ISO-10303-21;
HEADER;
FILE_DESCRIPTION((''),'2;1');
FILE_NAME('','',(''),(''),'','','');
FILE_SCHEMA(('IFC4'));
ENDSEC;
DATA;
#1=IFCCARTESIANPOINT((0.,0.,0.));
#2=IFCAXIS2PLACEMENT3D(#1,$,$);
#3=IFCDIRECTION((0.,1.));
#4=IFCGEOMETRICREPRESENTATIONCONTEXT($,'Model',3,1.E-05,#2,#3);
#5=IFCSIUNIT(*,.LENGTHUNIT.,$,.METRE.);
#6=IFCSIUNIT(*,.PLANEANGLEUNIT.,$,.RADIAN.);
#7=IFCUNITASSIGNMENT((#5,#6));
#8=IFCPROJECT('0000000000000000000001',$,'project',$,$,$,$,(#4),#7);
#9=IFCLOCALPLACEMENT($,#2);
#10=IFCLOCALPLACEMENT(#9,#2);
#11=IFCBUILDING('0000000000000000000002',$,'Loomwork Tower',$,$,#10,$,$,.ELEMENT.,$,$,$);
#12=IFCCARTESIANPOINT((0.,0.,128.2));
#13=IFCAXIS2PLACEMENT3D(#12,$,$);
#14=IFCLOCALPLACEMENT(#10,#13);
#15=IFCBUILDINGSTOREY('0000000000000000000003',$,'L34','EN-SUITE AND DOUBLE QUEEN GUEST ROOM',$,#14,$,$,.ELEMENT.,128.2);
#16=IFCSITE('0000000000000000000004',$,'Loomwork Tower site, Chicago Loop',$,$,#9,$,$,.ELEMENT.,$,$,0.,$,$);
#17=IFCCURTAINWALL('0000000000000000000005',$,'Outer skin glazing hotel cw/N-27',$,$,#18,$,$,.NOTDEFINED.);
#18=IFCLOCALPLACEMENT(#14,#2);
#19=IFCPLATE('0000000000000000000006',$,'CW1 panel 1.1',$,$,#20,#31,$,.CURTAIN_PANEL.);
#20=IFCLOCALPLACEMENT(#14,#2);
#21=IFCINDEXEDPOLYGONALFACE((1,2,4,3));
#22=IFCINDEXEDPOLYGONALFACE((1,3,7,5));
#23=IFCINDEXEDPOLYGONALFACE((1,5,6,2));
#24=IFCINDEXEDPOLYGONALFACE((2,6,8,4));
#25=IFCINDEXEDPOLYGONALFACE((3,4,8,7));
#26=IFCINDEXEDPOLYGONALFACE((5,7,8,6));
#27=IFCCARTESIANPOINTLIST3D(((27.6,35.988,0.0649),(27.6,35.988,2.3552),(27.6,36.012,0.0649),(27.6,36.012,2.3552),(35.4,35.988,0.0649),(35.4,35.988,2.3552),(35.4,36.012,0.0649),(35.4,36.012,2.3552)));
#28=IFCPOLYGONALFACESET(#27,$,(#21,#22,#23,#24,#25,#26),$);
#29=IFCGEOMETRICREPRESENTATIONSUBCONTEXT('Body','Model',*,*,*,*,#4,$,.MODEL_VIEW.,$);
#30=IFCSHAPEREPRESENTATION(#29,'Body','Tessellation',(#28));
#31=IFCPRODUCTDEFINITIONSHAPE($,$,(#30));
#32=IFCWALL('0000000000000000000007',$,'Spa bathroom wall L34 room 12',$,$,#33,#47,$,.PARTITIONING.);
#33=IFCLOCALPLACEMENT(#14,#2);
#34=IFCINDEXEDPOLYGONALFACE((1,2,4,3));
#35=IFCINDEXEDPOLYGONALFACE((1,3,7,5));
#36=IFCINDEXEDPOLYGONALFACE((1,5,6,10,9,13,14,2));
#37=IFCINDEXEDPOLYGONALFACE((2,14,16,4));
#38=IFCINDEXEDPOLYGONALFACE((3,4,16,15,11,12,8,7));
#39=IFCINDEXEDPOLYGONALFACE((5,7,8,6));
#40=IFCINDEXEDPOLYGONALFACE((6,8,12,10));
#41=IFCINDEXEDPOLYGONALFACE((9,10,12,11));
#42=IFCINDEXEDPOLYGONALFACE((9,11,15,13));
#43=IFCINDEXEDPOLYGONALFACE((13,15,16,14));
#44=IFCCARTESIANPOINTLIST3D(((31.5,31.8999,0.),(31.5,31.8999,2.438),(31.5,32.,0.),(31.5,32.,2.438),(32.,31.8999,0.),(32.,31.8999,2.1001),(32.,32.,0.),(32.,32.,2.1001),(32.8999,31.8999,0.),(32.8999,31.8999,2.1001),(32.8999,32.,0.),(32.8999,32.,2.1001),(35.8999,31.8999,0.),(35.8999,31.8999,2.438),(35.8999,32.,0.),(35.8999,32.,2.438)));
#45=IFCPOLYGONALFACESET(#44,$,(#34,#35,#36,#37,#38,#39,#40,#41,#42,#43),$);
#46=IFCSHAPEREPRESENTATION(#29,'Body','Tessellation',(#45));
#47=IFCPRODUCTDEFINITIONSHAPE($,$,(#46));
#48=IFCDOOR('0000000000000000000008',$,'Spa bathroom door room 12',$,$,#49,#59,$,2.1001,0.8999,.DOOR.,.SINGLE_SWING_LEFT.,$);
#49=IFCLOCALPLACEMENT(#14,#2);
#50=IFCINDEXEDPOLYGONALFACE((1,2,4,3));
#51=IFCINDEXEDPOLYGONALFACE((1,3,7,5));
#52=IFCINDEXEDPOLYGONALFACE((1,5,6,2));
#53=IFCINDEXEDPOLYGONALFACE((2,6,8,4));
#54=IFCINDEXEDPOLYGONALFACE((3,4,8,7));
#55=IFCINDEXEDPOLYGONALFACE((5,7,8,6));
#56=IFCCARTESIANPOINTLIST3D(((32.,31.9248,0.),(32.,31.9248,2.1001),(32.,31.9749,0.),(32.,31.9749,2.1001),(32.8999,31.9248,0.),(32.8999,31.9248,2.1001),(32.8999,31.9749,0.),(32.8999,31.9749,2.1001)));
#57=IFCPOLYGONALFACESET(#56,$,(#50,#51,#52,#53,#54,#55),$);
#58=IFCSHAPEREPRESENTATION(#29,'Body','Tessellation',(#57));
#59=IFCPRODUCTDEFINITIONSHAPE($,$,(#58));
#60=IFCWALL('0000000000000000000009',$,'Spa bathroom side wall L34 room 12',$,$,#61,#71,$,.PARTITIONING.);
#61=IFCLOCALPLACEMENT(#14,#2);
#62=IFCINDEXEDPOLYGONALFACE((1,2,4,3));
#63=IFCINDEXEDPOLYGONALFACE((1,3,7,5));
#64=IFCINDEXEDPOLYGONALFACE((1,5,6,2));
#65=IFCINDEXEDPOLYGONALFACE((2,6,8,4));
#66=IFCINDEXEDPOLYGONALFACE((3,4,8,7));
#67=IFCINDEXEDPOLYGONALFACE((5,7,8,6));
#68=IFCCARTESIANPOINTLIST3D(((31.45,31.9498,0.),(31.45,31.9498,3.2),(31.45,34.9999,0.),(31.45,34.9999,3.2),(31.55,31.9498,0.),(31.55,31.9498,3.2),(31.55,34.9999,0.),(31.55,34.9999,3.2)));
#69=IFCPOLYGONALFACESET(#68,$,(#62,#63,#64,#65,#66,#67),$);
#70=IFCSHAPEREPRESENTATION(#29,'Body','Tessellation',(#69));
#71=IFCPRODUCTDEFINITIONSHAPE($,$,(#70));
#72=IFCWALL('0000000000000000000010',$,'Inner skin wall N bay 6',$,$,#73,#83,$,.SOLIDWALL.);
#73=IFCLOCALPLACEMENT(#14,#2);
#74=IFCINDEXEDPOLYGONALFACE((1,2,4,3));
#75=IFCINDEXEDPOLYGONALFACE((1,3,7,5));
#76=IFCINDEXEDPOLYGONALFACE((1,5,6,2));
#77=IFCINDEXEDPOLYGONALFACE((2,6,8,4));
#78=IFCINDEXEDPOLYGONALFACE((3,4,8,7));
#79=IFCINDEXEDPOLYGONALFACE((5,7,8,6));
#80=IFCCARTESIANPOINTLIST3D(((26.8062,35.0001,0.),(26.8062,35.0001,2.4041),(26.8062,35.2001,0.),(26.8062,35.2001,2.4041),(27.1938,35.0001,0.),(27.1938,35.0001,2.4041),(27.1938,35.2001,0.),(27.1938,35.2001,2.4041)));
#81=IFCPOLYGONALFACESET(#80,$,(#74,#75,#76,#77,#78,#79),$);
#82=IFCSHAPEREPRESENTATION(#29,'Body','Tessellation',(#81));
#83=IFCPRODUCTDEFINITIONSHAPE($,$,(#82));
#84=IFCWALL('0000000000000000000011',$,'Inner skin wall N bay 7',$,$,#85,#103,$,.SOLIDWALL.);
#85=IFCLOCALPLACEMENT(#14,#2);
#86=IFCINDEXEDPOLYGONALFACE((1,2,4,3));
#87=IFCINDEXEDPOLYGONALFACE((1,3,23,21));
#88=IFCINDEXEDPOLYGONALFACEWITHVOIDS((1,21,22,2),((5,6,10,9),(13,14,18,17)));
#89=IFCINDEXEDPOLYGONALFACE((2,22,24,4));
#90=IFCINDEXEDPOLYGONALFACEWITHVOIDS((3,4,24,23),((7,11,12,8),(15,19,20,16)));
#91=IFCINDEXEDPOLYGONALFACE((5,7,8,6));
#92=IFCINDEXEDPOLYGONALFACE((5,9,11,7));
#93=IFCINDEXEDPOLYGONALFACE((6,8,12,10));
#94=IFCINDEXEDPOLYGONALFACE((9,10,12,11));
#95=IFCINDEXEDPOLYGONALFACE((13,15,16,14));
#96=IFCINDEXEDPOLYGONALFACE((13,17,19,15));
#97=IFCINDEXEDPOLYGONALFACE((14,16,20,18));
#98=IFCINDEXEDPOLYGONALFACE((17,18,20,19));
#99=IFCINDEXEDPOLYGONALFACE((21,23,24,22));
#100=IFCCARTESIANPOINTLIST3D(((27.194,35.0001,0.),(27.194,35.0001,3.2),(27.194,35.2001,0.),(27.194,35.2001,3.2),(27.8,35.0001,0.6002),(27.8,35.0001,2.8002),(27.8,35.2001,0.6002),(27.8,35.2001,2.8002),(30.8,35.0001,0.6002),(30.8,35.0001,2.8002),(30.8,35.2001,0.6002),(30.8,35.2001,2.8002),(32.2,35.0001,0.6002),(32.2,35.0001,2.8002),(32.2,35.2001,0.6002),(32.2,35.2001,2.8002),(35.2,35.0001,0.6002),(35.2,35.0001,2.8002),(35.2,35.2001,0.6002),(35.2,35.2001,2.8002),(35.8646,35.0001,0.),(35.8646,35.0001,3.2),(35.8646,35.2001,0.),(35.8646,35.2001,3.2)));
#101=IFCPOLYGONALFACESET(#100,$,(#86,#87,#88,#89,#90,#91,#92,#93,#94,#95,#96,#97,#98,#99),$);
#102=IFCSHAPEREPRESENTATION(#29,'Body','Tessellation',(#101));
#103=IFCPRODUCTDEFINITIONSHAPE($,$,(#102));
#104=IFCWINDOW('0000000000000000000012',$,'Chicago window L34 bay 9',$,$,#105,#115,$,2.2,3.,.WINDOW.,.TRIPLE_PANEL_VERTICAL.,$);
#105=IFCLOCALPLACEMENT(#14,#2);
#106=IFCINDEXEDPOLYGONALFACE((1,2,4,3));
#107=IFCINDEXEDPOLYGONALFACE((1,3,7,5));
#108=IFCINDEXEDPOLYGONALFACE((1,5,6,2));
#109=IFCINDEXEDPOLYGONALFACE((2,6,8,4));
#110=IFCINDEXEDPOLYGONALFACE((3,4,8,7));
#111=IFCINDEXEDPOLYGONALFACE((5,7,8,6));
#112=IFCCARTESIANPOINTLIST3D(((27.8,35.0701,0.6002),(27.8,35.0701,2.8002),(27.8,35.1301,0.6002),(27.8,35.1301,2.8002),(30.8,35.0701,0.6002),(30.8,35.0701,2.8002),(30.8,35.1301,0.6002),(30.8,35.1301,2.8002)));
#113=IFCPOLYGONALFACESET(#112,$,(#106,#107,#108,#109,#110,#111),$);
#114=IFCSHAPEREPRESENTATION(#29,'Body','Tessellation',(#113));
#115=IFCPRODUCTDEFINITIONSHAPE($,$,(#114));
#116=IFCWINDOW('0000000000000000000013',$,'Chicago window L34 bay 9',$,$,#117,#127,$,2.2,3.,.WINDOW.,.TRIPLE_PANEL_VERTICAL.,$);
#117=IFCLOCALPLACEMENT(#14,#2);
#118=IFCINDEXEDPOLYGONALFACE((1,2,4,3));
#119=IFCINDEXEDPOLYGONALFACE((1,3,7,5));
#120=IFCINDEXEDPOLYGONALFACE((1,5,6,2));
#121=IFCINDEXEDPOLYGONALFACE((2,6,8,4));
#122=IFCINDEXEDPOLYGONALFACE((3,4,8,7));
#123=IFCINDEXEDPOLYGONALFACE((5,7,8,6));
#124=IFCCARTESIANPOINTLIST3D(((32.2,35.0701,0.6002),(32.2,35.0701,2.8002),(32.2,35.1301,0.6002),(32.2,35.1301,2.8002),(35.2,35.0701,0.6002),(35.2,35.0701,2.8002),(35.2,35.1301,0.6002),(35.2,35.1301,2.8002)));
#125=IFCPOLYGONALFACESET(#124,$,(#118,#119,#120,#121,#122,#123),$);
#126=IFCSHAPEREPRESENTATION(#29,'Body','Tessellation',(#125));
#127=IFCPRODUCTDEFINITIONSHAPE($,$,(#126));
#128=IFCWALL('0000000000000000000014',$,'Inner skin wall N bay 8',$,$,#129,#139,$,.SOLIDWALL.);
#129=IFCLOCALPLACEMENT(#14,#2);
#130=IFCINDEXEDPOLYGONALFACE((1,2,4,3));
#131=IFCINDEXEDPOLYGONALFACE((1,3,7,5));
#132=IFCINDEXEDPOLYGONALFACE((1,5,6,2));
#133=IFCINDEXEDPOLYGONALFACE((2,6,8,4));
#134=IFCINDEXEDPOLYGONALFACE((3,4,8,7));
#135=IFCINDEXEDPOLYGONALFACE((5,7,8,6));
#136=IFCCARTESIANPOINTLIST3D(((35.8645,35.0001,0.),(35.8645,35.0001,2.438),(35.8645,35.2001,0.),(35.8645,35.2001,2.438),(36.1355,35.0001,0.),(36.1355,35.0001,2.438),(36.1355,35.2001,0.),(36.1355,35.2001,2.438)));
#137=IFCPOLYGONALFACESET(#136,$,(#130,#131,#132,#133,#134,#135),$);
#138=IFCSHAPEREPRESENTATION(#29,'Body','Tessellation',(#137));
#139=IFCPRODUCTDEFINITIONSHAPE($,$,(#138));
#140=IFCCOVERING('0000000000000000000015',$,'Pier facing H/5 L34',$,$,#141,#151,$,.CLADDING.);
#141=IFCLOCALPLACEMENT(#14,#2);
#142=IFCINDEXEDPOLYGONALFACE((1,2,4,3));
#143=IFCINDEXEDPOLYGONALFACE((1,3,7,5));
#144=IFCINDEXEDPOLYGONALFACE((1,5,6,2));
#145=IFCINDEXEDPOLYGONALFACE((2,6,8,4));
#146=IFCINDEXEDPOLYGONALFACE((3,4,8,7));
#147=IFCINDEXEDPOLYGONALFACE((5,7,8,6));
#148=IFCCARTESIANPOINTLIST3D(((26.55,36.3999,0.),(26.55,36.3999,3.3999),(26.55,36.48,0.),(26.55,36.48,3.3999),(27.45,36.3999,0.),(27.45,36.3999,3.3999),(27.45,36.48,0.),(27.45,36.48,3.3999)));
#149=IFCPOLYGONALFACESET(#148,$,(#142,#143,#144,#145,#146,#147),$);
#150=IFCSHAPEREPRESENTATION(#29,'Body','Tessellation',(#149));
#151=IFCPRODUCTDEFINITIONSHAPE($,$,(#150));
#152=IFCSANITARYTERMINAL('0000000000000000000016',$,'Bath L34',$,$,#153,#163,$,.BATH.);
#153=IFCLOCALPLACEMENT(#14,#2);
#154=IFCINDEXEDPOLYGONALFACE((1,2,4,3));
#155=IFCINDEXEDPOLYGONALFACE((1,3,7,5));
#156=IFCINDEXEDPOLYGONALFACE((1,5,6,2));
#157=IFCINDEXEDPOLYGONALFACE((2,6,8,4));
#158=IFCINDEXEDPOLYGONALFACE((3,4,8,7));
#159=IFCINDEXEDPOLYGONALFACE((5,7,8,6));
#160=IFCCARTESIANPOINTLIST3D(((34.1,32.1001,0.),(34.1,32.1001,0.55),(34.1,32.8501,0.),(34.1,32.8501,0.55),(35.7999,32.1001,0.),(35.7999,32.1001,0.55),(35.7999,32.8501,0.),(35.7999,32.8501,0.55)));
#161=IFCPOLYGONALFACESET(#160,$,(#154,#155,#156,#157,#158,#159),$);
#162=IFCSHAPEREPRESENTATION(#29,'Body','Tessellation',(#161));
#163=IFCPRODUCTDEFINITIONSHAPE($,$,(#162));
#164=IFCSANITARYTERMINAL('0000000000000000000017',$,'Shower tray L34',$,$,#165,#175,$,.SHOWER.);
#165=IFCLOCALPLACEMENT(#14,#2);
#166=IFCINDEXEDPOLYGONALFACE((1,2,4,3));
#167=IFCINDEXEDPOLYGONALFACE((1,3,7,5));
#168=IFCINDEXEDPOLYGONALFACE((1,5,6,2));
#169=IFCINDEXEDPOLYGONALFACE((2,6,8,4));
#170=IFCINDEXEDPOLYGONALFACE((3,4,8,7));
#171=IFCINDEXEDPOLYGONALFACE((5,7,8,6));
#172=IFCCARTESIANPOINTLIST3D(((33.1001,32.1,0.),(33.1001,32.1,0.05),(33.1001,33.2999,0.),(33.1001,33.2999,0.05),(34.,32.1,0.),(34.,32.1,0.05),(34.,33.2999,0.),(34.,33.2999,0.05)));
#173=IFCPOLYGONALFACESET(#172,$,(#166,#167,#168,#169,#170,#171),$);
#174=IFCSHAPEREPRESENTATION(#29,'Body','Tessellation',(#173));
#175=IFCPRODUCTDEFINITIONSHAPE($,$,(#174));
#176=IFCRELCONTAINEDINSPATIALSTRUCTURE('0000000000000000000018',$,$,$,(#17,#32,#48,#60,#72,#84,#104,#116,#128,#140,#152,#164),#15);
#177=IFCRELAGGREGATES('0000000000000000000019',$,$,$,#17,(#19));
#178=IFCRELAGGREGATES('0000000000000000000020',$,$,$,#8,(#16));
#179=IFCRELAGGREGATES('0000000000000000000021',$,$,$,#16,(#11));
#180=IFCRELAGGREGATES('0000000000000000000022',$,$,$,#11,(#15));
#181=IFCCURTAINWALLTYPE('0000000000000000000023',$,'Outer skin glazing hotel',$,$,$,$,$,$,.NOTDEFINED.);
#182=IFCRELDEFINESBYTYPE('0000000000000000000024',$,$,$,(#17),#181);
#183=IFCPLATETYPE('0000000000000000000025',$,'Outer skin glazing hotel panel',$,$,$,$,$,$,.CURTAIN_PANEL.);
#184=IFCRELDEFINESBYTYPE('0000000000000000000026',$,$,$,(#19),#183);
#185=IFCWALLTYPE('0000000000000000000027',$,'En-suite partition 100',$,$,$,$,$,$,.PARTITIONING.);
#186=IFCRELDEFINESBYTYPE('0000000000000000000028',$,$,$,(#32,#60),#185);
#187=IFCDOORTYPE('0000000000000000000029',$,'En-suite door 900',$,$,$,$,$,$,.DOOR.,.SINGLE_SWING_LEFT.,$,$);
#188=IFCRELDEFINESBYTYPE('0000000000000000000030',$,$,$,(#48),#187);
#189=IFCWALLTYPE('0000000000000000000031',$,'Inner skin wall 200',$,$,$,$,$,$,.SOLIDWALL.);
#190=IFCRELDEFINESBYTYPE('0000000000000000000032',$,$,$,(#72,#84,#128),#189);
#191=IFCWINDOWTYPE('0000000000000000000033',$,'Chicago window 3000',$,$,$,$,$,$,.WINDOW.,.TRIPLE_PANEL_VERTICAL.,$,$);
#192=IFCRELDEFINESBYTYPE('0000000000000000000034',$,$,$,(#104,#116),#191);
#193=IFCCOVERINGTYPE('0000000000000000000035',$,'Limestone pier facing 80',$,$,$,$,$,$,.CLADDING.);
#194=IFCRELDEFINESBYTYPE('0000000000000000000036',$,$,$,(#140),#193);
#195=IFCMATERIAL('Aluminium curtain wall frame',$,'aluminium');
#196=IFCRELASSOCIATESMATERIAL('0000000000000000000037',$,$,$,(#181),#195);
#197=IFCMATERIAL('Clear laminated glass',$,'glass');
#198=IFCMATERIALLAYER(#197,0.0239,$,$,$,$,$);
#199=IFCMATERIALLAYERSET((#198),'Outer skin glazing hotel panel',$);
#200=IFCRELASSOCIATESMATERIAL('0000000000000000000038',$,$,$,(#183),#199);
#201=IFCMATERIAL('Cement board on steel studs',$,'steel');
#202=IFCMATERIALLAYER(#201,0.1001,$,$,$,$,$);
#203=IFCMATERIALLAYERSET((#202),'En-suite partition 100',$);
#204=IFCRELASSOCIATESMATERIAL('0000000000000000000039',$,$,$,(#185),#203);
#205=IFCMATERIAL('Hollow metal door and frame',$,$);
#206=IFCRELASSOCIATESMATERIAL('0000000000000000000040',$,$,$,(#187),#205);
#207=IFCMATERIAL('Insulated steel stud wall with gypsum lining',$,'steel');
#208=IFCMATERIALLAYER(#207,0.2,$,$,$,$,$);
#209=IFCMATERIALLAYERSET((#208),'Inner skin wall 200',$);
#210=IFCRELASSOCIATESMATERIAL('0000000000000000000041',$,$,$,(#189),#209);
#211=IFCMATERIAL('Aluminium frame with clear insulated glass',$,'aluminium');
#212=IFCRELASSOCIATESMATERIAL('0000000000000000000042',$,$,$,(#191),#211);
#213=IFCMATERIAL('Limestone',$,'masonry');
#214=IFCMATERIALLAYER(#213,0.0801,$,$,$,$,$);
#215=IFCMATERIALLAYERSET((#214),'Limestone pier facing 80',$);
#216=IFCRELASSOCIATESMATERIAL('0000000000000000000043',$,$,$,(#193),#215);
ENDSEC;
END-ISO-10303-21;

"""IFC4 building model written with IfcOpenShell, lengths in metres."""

from ifc_helpers import new_model, si_unit, direction, frame, frame_2d, origin, origin_2d, place, context, subcontext, project, spatial, rectangle, extrude, material, layer, layer_set, type_object, element, fill, aggregate, save


model = new_model("IFC4")

# Units and contexts
model_context = context("Model", 3, precision=1e-05, world=origin(), true_north=direction((0.0, 1.0)))
body_context = subcontext(model_context, "Body", "Model", "MODEL_VIEW")
ifc_project = project(units=[si_unit("LENGTHUNIT", "METRE"), si_unit("PLANEANGLEUNIT", "RADIAN")], contexts=[model_context])

# Site, building, storey
site_placement = place(None, origin())
site = spatial("IfcSite", under=ifc_project, at=site_placement, Name="Loomwork Tower site, Chicago Loop", CompositionType="ELEMENT", RefElevation=0.0)
building_placement = place(site_placement, origin())
building = spatial("IfcBuilding", under=site, at=building_placement, Name="Loomwork Tower", CompositionType="ELEMENT")
storey_placement = place(building_placement, frame((0.0, 0.0, 128.2)))
storey = spatial("IfcBuildingStorey", under=building, at=storey_placement, Name="L34", Description="EN-SUITE AND DOUBLE QUEEN GUEST ROOM", CompositionType="ELEMENT", Elevation=128.2)

# Curtain wall
ifc_material_1 = material(Name="Aluminium curtain wall frame", Category="aluminium")
curtain_wall_type = type_object("IfcCurtainWallType", Name="Outer skin glazing hotel", PredefinedType="NOTDEFINED", material=ifc_material_1)
curtain_wall_1_placement = place(storey_placement, origin())
curtain_wall_1 = element("IfcCurtainWall", 1, at=curtain_wall_1_placement, inside=storey, type_object=curtain_wall_type, Name="Outer skin glazing hotel cw/N-27", PredefinedType="NOTDEFINED")

# Plate
ifc_material_2 = material(Name="Clear laminated glass", Category="glass")
ifc_layer_1 = layer(ifc_material_2, 0.0239)
ifc_layer_set_1 = layer_set([ifc_layer_1], Name="Outer skin glazing hotel panel")
plate_type = type_object("IfcPlateType", Name="Outer skin glazing hotel panel", PredefinedType="CURTAIN_PANEL", material=ifc_layer_set_1)
plate_1_placement = place(storey_placement, frame((31.5, 36.0, 0.0649), z_axis=(0.0, 0.0, 1.0), x_axis=(-1.0, 0.0, 0.0)))
plate_1 = element("IfcPlate", 2, at=plate_1_placement, type_object=plate_type, Name="CW1 panel 1.1", PredefinedType="CURTAIN_PANEL", context=body_context, shape_type="SweptSolid", body=[
    extrude(rectangle(XDim=7.8, YDim=0.0239, at=origin_2d()), origin(), (0.0, 0.0, 1.0), 2.2903),
])
aggregate(curtain_wall_1, [plate_1])

# Wall, opening, door
ifc_material_3 = material(Name="Cement board on steel studs", Category="steel")
ifc_layer_2 = layer(ifc_material_3, 0.1001)
ifc_layer_set_2 = layer_set([ifc_layer_2], Name="En-suite partition 100")
wall_type_1 = type_object("IfcWallType", Name="En-suite partition 100", PredefinedType="PARTITIONING", material=ifc_layer_set_2)
wall_1_placement = place(storey_placement, frame((31.5, 31.95, 0.0), z_axis=(0.0, 0.0, 1.0), x_axis=(1.0, 0.0, 0.0)))
wall_1 = element("IfcWall", 3, at=wall_1_placement, inside=storey, type_object=wall_type_1, Name="Spa bathroom wall L34 room 12", PredefinedType="PARTITIONING", context=body_context, shape_type="SweptSolid", body=[
    extrude(rectangle(XDim=4.3999, YDim=0.1001, at=frame_2d((2.2, 0.0))), origin(), (0.0, 0.0, 1.0), 2.438),
])
opening_1_placement = place(wall_1_placement, frame((0.5, 0.0, 0.0)))
opening_1 = element("IfcOpeningElement", 4, at=opening_1_placement, cuts=wall_1, PredefinedType="OPENING", context=body_context, shape_type="SweptSolid", body=[
    extrude(rectangle(XDim=0.8999, YDim=2.1001, at=frame_2d((0.45, 1.05))), frame((0.0, 0.0601, 0.0), z_axis=(0.0, -1.0, 0.0), x_axis=(1.0, 0.0, 0.0)), (0.0, 0.0, 1.0), 0.1201),
])
ifc_material_4 = material(Name="Hollow metal door and frame")
door_type = type_object("IfcDoorType", Name="En-suite door 900", OperationType="SINGLE_SWING_LEFT", PredefinedType="DOOR", material=ifc_material_4)
door_placement = place(opening_1_placement, origin())
door = element("IfcDoor", 5, at=door_placement, inside=storey, type_object=door_type, Name="Spa bathroom door room 12", OperationType="SINGLE_SWING_LEFT", OverallHeight=2.1001, OverallWidth=0.8999, PredefinedType="DOOR", context=body_context, shape_type="SweptSolid", body=[
    extrude(rectangle(XDim=0.8999, YDim=2.1001, at=frame_2d((0.45, 1.05))), frame((0.0, 0.0249, 0.0), z_axis=(0.0, -1.0, 0.0), x_axis=(1.0, 0.0, 0.0)), (0.0, 0.0, 1.0), 0.05),
])
fill(opening_1, door)

# Walls
wall_2_placement = place(storey_placement, frame((31.5, 31.95, 0.0), z_axis=(0.0, 0.0, 1.0), x_axis=(0.0, 1.0, 0.0)))
element("IfcWall", 6, at=wall_2_placement, inside=storey, type_object=wall_type_1, Name="Spa bathroom side wall L34 room 12", PredefinedType="PARTITIONING", context=body_context, shape_type="SweptSolid", body=[
    extrude(rectangle(XDim=3.05, YDim=0.1001, at=frame_2d((1.5249, 0.0))), origin(), (0.0, 0.0, 1.0), 3.2),
])
ifc_material_5 = material(Name="Insulated steel stud wall with gypsum lining", Category="steel")
ifc_layer_3 = layer(ifc_material_5, 0.2)
ifc_layer_set_3 = layer_set([ifc_layer_3], Name="Inner skin wall 200")
wall_type_2 = type_object("IfcWallType", Name="Inner skin wall 200", PredefinedType="SOLIDWALL", material=ifc_layer_set_3)
wall_3_placement = place(storey_placement, frame((26.8062, 35.1001, 0.0), z_axis=(0.0, 0.0, 1.0), x_axis=(1.0, 0.0, 0.0)))
element("IfcWall", 7, at=wall_3_placement, inside=storey, type_object=wall_type_2, Name="Inner skin wall N bay 6", PredefinedType="SOLIDWALL", context=body_context, shape_type="SweptSolid", body=[
    extrude(rectangle(XDim=0.3877, YDim=0.2, at=frame_2d((0.1938, 0.0))), origin(), (0.0, 0.0, 1.0), 2.4041),
])

# Wall, openings, windows
wall_4_placement = place(storey_placement, frame((27.1938, 35.1001, 0.0), z_axis=(0.0, 0.0, 1.0), x_axis=(1.0, 0.0, 0.0)))
wall_4 = element("IfcWall", 8, at=wall_4_placement, inside=storey, type_object=wall_type_2, Name="Inner skin wall N bay 7", PredefinedType="SOLIDWALL", context=body_context, shape_type="SweptSolid", body=[
    extrude(rectangle(XDim=8.6707, YDim=0.2, at=frame_2d((4.3354, 0.0))), origin(), (0.0, 0.0, 1.0), 3.2),
])
opening_2_placement = place(wall_4_placement, frame((0.6062, 0.0, 0.6001)))
opening_2 = element("IfcOpeningElement", 9, at=opening_2_placement, cuts=wall_4, PredefinedType="OPENING", context=body_context, shape_type="SweptSolid", body=[
    extrude(rectangle(XDim=3.0, YDim=2.2, at=frame_2d((1.5, 1.1001))), frame((0.0, 0.1099, 0.0), z_axis=(0.0, -1.0, 0.0), x_axis=(1.0, 0.0, 0.0)), (0.0, 0.0, 1.0), 0.22),
])
opening_3_placement = place(wall_4_placement, frame((5.0061, 0.0, 0.6001)))
opening_3 = element("IfcOpeningElement", 10, at=opening_3_placement, cuts=wall_4, PredefinedType="OPENING", context=body_context, shape_type="SweptSolid", body=[
    extrude(rectangle(XDim=3.0, YDim=2.2, at=frame_2d((1.5, 1.1001))), frame((0.0, 0.1099, 0.0), z_axis=(0.0, -1.0, 0.0), x_axis=(1.0, 0.0, 0.0)), (0.0, 0.0, 1.0), 0.22),
])
ifc_material_6 = material(Name="Aluminium frame with clear insulated glass", Category="aluminium")
window_type = type_object("IfcWindowType", Name="Chicago window 3000", PartitioningType="TRIPLE_PANEL_VERTICAL", PredefinedType="WINDOW", material=ifc_material_6)
window_1_placement = place(opening_2_placement, origin())
window_1 = element("IfcWindow", 11, at=window_1_placement, inside=storey, type_object=window_type, Name="Chicago window L34 bay 9", OverallHeight=2.2, OverallWidth=3.0, PartitioningType="TRIPLE_PANEL_VERTICAL", PredefinedType="WINDOW", context=body_context, shape_type="SweptSolid", body=[
    extrude(rectangle(XDim=3.0, YDim=2.2, at=frame_2d((1.5, 1.1001))), frame((0.0, 0.03, 0.0), z_axis=(0.0, -1.0, 0.0), x_axis=(1.0, 0.0, 0.0)), (0.0, 0.0, 1.0), 0.0601),
])
fill(opening_2, window_1)
window_2_placement = place(opening_3_placement, origin())
window_2 = element("IfcWindow", 12, at=window_2_placement, inside=storey, type_object=window_type, Name="Chicago window L34 bay 9", OverallHeight=2.2, OverallWidth=3.0, PartitioningType="TRIPLE_PANEL_VERTICAL", PredefinedType="WINDOW", context=body_context, shape_type="SweptSolid", body=[
    extrude(rectangle(XDim=3.0, YDim=2.2, at=frame_2d((1.5, 1.1001))), frame((0.0, 0.03, 0.0), z_axis=(0.0, -1.0, 0.0), x_axis=(1.0, 0.0, 0.0)), (0.0, 0.0, 1.0), 0.0601),
])
fill(opening_3, window_2)

# Wall
wall_5_placement = place(storey_placement, frame((35.8645, 35.1001, 0.0), z_axis=(0.0, 0.0, 1.0), x_axis=(1.0, 0.0, 0.0)))
element("IfcWall", 13, at=wall_5_placement, inside=storey, type_object=wall_type_2, Name="Inner skin wall N bay 8", PredefinedType="SOLIDWALL", context=body_context, shape_type="SweptSolid", body=[
    extrude(rectangle(XDim=0.271, YDim=0.2, at=frame_2d((0.1355, 0.0))), origin(), (0.0, 0.0, 1.0), 2.438),
])

# Covering
ifc_material_7 = material(Name="Limestone", Category="masonry")
ifc_layer_4 = layer(ifc_material_7, 0.0801)
ifc_layer_set_4 = layer_set([ifc_layer_4], Name="Limestone pier facing 80")
covering_type = type_object("IfcCoveringType", Name="Limestone pier facing 80", PredefinedType="CLADDING", material=ifc_layer_set_4)
covering_placement = place(storey_placement, frame((27.0, 36.4399, 0.0), z_axis=(0.0, 0.0, 1.0), x_axis=(1.0, 0.0, 0.0)))
element("IfcCovering", 14, at=covering_placement, inside=storey, type_object=covering_type, Name="Pier facing H/5 L34", PredefinedType="CLADDING", context=body_context, shape_type="SweptSolid", body=[
    extrude(rectangle(XDim=0.8999, YDim=0.0801, at=origin_2d()), origin(), (0.0, 0.0, 1.0), 3.3999),
])

# Sanitary terminals
sanitary_terminal_1_placement = place(storey_placement, frame((34.95, 32.4751, 0.0), z_axis=(0.0, 0.0, 1.0), x_axis=(1.0, 0.0, 0.0)))
element("IfcSanitaryTerminal", 15, at=sanitary_terminal_1_placement, inside=storey, Name="Bath L34", PredefinedType="BATH", context=body_context, shape_type="SweptSolid", body=[
    extrude(rectangle(XDim=1.7, YDim=0.75, at=origin_2d()), origin(), (0.0, 0.0, 1.0), 0.55),
])
sanitary_terminal_2_placement = place(storey_placement, frame((33.55, 32.7, 0.0), z_axis=(0.0, 0.0, 1.0), x_axis=(1.0, 0.0, 0.0)))
element("IfcSanitaryTerminal", 16, at=sanitary_terminal_2_placement, inside=storey, Name="Shower tray L34", PredefinedType="SHOWER", context=body_context, shape_type="SweptSolid", body=[
    extrude(rectangle(XDim=0.8999, YDim=1.2, at=origin_2d()), origin(), (0.0, 0.0, 1.0), 0.05),
])

save(model, "model.ifc")
